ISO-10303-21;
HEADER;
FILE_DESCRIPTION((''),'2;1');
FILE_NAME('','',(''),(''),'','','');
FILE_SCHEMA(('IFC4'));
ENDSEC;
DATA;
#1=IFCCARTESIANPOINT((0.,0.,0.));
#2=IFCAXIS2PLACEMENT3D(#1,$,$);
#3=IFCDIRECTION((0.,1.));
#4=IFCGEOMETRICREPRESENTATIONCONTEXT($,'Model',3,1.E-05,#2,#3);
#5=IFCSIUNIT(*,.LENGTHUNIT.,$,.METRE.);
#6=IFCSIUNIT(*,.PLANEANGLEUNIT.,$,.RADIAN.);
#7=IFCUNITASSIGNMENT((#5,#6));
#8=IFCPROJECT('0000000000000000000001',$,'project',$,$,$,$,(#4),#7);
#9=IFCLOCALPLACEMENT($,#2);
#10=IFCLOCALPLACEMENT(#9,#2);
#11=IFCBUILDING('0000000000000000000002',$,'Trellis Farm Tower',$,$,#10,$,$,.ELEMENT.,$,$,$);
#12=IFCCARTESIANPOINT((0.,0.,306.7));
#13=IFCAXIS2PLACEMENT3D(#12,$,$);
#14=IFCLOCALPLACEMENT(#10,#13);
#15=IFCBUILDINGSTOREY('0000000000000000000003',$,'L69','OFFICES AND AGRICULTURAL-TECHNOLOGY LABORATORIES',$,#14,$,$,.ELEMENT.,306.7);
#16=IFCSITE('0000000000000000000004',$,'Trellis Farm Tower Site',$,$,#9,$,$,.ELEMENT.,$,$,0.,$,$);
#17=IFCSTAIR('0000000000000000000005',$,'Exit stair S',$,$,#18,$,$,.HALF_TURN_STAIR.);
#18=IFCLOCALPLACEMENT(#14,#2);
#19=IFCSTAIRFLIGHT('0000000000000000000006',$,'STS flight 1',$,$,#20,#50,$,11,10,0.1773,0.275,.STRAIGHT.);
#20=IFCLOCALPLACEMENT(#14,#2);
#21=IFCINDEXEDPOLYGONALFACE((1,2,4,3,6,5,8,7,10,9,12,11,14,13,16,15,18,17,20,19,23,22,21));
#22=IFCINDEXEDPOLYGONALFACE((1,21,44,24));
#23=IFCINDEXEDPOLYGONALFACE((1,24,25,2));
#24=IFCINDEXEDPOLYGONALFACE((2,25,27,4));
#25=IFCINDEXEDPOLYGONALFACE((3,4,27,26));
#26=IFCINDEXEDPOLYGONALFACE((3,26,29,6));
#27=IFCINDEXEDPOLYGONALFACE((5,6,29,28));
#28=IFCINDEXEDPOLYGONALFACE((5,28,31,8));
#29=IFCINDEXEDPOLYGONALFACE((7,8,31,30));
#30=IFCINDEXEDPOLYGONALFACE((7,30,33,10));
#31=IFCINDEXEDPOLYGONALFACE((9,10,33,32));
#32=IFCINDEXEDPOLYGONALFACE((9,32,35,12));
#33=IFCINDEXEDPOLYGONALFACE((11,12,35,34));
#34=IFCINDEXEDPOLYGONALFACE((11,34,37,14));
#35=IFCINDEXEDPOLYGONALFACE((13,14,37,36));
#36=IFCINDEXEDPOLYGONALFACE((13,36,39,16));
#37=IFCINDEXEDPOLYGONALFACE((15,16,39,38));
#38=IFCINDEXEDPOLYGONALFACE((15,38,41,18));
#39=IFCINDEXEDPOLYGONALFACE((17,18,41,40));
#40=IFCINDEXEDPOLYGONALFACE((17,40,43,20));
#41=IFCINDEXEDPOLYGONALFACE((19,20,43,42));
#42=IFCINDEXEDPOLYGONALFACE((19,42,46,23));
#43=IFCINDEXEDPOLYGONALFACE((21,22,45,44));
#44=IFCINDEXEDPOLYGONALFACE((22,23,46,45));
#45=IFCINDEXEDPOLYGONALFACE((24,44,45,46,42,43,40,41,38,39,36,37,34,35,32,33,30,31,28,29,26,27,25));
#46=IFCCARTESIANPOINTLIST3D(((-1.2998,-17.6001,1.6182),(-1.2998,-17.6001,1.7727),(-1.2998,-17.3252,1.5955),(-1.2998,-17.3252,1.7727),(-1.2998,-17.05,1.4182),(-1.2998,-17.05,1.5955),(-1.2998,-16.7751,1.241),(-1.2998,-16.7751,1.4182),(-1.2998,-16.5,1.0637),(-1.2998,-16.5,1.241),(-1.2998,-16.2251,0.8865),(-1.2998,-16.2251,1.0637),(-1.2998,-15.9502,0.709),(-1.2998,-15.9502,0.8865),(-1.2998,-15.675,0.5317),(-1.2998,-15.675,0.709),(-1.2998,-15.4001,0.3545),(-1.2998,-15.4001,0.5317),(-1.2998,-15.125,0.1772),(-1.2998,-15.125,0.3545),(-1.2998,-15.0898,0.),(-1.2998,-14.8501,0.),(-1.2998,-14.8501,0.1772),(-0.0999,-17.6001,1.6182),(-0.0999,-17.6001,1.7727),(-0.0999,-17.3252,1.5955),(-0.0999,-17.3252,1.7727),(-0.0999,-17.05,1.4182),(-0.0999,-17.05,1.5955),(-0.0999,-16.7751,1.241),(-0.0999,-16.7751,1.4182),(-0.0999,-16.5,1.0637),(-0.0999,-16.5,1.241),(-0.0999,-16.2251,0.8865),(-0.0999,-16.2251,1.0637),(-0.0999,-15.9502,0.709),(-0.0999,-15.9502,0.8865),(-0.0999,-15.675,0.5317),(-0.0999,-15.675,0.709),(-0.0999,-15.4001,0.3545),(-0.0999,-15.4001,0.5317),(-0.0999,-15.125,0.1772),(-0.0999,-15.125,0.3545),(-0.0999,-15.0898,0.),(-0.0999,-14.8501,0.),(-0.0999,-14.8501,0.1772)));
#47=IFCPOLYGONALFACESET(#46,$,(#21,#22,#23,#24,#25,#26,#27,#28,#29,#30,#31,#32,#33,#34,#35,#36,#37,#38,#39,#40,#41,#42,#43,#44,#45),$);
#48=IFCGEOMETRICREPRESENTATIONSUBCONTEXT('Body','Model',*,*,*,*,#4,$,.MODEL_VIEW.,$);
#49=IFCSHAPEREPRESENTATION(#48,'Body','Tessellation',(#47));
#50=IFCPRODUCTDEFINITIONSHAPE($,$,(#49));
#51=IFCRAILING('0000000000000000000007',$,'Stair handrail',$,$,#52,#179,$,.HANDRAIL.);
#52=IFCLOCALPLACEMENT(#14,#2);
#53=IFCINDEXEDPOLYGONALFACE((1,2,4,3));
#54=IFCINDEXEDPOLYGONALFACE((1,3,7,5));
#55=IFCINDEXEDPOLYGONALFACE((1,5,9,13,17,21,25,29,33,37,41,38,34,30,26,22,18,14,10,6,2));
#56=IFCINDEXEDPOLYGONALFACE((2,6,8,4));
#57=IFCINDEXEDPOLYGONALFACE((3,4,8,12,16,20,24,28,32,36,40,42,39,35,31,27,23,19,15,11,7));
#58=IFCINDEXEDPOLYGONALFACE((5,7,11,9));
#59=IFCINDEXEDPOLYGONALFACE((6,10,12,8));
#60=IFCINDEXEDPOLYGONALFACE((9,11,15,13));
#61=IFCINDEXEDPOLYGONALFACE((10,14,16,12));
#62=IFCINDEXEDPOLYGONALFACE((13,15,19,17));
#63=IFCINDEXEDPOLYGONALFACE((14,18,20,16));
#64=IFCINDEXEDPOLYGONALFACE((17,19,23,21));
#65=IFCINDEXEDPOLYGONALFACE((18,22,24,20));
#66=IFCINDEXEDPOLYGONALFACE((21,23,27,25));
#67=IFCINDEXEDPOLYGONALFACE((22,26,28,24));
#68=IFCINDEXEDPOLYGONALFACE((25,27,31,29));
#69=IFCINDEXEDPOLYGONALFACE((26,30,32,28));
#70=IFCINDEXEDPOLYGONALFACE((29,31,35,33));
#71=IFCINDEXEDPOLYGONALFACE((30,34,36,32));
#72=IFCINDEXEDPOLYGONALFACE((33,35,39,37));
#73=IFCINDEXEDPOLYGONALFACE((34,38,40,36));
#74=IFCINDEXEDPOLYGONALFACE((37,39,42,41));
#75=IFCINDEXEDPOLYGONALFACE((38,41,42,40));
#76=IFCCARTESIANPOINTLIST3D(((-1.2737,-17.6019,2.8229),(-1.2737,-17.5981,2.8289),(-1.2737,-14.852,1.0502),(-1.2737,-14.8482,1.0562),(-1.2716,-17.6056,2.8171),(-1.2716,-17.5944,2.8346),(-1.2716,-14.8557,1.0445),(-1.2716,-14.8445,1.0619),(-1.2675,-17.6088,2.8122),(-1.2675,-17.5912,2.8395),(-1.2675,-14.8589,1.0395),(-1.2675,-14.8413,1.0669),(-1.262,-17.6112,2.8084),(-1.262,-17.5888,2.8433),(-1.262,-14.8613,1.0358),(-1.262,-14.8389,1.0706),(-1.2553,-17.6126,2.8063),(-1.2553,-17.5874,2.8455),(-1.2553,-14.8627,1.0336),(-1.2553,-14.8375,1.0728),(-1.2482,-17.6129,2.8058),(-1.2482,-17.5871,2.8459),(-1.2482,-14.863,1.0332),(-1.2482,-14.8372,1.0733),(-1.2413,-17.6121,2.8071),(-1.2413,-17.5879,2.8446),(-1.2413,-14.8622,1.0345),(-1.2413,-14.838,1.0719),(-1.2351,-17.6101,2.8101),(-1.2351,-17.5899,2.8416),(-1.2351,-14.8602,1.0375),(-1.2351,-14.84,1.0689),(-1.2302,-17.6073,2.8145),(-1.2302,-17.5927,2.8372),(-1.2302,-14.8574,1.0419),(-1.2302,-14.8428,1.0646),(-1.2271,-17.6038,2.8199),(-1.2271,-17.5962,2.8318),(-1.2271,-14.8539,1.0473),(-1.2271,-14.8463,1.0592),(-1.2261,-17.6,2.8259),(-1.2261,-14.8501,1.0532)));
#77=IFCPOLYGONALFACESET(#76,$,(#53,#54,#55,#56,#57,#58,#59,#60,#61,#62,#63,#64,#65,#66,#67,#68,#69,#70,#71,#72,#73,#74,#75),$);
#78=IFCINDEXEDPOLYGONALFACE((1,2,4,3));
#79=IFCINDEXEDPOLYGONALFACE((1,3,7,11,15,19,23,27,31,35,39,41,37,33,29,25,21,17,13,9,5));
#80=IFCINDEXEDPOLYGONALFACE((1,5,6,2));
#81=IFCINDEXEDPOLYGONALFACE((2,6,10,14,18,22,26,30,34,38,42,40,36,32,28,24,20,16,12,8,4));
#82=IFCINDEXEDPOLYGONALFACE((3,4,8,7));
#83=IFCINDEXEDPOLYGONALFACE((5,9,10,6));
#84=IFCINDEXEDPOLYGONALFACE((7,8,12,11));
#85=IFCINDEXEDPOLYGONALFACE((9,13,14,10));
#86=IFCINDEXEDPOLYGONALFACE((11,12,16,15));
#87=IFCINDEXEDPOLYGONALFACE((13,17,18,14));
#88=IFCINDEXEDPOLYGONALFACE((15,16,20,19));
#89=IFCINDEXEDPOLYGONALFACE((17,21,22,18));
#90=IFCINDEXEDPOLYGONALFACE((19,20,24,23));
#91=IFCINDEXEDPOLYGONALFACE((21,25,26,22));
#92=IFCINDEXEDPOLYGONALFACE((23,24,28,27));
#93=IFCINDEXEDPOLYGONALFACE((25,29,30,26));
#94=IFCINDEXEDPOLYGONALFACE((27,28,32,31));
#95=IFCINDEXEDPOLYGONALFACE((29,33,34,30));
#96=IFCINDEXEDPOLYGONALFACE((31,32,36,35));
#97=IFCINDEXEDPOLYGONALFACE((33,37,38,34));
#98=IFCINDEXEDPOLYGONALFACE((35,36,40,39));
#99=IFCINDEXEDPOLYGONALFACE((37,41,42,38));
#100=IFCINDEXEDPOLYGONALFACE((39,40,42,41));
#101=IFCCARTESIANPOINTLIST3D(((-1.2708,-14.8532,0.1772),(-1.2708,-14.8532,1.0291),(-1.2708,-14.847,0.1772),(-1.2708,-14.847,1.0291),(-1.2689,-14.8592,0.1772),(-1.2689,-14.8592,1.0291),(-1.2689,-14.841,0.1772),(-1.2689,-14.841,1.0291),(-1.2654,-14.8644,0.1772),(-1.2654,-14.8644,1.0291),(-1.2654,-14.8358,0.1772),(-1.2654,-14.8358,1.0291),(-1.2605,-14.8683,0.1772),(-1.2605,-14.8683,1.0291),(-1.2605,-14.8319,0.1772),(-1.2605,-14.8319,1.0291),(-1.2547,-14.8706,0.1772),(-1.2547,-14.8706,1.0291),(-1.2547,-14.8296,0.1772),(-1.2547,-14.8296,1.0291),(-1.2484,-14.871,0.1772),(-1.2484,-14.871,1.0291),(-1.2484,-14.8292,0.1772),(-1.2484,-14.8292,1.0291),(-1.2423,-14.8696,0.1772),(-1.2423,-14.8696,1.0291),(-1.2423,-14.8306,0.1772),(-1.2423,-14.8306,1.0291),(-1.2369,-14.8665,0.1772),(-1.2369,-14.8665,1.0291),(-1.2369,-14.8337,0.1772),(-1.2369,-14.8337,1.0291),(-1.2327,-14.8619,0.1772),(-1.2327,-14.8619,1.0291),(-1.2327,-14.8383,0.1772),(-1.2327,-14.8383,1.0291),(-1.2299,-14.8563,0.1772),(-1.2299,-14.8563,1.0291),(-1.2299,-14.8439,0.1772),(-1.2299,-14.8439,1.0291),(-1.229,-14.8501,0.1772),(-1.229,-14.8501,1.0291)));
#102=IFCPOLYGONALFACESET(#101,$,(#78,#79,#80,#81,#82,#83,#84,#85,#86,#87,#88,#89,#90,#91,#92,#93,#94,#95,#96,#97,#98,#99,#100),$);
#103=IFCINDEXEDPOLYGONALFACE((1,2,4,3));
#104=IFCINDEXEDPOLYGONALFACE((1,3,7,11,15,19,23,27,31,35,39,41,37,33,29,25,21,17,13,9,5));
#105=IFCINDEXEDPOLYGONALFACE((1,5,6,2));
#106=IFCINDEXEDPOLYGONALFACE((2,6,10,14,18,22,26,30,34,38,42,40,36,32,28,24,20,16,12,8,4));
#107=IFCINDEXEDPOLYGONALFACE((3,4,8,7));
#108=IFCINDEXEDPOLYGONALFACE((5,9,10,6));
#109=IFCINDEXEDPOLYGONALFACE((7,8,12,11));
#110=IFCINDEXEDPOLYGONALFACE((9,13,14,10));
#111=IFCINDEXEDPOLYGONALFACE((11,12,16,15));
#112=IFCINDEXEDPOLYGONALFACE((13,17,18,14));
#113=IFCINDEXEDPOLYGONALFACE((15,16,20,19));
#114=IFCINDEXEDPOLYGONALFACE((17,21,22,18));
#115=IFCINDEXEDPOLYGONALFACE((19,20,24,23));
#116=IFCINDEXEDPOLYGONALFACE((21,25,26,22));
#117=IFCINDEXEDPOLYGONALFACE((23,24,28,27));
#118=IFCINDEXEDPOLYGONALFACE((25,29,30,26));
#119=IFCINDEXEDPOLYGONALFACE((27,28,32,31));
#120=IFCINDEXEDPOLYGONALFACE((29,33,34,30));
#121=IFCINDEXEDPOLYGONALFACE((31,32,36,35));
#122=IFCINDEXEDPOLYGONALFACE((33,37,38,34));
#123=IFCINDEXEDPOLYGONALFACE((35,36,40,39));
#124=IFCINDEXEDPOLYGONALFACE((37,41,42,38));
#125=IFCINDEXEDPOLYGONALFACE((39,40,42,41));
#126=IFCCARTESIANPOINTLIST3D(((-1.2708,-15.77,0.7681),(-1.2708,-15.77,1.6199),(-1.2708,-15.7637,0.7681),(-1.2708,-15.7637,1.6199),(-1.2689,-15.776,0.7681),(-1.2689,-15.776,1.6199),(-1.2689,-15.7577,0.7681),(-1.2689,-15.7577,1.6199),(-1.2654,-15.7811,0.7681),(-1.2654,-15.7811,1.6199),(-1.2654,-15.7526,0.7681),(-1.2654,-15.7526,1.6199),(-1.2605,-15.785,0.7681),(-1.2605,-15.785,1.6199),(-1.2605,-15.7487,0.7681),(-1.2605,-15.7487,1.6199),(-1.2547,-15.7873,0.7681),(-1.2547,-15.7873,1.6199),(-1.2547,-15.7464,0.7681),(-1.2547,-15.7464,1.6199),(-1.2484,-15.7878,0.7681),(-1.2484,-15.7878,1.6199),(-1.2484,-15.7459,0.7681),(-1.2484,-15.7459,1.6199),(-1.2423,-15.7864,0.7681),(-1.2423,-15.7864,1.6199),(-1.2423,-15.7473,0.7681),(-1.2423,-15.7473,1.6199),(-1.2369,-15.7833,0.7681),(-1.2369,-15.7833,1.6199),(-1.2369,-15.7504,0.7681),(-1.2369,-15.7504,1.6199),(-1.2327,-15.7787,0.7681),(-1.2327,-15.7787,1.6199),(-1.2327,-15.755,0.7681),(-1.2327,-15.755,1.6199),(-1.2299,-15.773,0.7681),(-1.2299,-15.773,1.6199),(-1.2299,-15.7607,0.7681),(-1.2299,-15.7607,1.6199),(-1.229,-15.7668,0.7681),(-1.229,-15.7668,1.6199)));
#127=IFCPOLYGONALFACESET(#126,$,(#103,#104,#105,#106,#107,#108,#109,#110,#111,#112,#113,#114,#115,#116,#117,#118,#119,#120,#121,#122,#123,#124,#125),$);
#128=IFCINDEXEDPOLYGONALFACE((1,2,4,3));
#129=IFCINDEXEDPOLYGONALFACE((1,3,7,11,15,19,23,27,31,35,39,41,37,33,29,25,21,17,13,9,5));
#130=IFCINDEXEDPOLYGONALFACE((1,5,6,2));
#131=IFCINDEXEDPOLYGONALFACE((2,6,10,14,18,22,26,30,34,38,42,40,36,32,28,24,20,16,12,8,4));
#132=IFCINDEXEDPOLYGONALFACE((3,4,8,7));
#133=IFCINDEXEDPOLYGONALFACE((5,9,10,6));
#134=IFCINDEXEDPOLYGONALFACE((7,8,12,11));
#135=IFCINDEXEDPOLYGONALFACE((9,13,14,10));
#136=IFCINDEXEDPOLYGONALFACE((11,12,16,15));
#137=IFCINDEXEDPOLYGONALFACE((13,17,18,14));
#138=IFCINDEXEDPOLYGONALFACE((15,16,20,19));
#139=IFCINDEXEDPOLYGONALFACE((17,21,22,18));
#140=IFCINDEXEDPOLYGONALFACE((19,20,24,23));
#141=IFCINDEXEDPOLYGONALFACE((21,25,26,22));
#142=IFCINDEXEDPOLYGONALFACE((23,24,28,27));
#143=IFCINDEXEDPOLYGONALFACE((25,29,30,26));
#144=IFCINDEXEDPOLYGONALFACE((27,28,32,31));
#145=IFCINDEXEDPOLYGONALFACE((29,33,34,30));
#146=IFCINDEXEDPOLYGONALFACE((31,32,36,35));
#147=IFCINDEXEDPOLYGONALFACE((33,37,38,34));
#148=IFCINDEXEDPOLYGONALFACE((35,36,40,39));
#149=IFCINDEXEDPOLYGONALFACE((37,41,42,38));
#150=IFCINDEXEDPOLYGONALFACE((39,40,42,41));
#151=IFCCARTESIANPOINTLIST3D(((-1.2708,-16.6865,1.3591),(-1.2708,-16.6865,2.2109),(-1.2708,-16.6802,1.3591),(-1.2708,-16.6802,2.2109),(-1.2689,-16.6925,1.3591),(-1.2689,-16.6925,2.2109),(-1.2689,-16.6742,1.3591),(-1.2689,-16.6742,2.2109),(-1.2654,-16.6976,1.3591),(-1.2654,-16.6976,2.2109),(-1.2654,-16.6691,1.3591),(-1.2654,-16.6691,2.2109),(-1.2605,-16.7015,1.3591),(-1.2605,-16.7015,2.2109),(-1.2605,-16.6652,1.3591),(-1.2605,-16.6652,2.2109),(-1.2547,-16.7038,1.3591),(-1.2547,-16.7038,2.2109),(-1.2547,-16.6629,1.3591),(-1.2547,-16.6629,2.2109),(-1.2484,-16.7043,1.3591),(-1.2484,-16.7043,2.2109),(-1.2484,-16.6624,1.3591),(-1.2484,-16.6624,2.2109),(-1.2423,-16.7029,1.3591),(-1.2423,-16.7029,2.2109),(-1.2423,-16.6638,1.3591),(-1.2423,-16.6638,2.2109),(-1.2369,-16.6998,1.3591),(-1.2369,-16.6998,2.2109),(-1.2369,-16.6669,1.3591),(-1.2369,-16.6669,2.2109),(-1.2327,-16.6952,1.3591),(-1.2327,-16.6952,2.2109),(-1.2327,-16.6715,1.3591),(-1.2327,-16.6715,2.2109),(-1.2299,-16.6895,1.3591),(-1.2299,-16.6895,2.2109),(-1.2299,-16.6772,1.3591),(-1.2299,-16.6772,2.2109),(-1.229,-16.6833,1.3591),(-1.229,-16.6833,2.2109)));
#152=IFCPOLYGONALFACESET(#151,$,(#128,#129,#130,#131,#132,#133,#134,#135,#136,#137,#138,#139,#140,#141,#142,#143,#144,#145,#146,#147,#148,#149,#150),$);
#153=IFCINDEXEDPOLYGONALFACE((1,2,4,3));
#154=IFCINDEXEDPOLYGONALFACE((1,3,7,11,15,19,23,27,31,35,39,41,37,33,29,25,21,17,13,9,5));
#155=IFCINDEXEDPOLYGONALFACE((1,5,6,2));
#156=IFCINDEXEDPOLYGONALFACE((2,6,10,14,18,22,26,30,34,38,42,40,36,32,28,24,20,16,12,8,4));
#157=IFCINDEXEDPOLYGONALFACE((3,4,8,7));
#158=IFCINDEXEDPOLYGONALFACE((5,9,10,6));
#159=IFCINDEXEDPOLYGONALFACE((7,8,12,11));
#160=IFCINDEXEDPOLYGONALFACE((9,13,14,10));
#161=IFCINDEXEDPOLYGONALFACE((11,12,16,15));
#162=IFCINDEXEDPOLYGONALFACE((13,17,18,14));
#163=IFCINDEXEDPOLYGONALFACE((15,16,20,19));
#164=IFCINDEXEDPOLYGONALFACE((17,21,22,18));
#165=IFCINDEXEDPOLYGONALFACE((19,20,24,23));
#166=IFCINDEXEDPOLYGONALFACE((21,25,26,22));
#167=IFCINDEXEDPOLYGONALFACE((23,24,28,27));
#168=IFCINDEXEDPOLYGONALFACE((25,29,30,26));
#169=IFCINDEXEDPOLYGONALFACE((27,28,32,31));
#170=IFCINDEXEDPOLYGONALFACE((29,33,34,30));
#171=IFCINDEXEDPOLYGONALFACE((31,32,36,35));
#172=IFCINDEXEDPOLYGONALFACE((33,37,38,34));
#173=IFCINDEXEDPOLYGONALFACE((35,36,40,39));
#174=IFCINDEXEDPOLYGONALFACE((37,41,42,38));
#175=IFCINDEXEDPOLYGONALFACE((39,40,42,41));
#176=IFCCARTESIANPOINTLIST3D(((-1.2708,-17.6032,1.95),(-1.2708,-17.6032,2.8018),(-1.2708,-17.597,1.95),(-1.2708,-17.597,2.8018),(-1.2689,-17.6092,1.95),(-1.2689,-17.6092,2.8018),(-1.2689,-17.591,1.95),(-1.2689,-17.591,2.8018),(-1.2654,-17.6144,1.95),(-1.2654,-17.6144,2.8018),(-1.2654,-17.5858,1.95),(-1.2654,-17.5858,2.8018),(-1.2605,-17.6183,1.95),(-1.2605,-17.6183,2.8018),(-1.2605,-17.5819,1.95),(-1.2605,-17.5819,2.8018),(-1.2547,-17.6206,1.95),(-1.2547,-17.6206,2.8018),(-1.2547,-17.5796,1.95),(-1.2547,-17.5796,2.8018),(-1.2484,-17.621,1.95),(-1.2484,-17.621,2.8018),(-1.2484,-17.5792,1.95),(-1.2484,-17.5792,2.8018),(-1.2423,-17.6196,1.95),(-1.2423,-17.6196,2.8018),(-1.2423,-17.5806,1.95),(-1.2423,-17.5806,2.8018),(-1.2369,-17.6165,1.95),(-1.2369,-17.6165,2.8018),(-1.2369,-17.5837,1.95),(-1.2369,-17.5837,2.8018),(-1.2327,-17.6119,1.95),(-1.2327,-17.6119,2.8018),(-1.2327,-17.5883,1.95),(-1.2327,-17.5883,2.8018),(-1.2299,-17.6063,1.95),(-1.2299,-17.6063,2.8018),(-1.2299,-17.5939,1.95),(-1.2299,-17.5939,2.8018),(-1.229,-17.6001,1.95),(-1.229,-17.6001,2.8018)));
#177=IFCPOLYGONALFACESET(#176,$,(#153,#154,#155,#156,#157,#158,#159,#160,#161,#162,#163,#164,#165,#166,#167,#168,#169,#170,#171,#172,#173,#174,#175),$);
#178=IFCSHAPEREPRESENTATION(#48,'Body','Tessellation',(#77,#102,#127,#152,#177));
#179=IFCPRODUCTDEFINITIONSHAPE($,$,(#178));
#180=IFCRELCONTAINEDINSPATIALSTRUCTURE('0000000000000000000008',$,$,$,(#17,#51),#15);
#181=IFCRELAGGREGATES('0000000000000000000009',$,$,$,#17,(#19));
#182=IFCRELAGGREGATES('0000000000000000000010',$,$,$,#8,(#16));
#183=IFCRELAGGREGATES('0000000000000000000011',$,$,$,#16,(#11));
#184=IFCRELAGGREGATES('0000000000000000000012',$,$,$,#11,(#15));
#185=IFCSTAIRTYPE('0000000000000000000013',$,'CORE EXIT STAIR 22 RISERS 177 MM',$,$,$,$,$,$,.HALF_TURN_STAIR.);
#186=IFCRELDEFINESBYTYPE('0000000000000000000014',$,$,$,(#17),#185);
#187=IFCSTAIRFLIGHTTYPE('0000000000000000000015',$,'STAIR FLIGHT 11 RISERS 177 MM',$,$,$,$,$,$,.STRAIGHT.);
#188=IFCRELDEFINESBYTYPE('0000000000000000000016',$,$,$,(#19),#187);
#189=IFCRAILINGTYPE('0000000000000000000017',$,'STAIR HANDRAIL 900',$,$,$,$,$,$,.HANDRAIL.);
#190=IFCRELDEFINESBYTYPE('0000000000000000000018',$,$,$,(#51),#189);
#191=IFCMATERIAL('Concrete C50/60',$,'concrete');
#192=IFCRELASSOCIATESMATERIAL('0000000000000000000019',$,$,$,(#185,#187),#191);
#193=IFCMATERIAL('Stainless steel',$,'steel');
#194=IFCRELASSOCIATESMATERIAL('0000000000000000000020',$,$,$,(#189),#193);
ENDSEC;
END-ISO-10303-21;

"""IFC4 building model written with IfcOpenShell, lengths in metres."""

from ifc_helpers import new_model, si_unit, direction, frame, origin, origin_2d, place, context, subcontext, project, spatial, polyline, circle, outline, extrude, source, transform, mapped, material, type_object, element, aggregate, save


model = new_model("IFC4")

# Units and contexts
model_context = context("Model", 3, precision=1e-05, world=origin(), true_north=direction((0.0, 1.0)))
body_context = subcontext(model_context, "Body", "Model", "MODEL_VIEW")
ifc_project = project(units=[si_unit("LENGTHUNIT", "METRE"), si_unit("PLANEANGLEUNIT", "RADIAN")], contexts=[model_context])

# Site, building, storey
site_placement = place(None, origin())
site = spatial("IfcSite", under=ifc_project, at=site_placement, Name="Trellis Farm Tower Site", CompositionType="ELEMENT", RefElevation=0.0)
building_placement = place(site_placement, origin())
building = spatial("IfcBuilding", under=site, at=building_placement, Name="Trellis Farm Tower", CompositionType="ELEMENT")
storey_placement = place(building_placement, frame((0.0, 0.0, 306.7)))
storey = spatial("IfcBuildingStorey", under=building, at=storey_placement, Name="L69", Description="OFFICES AND AGRICULTURAL-TECHNOLOGY LABORATORIES", CompositionType="ELEMENT", Elevation=306.7)

# Shared definitions
placement = place(storey_placement, origin())

# Shared definitions
ifc_material_1 = material(Name="Concrete C50/60", Category="concrete")

# Stair, stair flight
stair_type = type_object("IfcStairType", Name="CORE EXIT STAIR 22 RISERS 177 MM", PredefinedType="HALF_TURN_STAIR", material=ifc_material_1)
stair = element("IfcStair", 1, at=placement, inside=storey, type_object=stair_type, Name="Exit stair S", PredefinedType="HALF_TURN_STAIR")
stair_flight_type = type_object("IfcStairFlightType", Name="STAIR FLIGHT 11 RISERS 177 MM", PredefinedType="STRAIGHT", material=ifc_material_1)
shared_shape_1 = source(origin(), body_context, "Body", "SweptSolid", [
    extrude(outline(polyline([(0.0, 0.0), (0.0, 0.1772), (0.2749, 0.1772), (0.2749, 0.3545), (0.55, 0.3545), (0.55, 0.5317), (0.825, 0.5317), (0.825, 0.709), (1.1001, 0.709), (1.1001, 0.8865), (1.375, 0.8865), (1.375, 1.0637), (1.6499, 1.0637), (1.6499, 1.241), (1.925, 1.241), (1.925, 1.4182), (2.2, 1.4182), (2.2, 1.5955), (2.4751, 1.5955), (2.4751, 1.7727), (2.75, 1.7727), (2.75, 1.95), (2.75, 1.6182), (0.2397, 0.0), (0.0, 0.0)])), frame((0.0, 0.6001, 0.0), z_axis=(0.0, -1.0, 0.0), x_axis=(1.0, 0.0, 0.0)), (0.0, 0.0, 1.0), 1.2),
])
stair_flight_placement = place(storey_placement, frame((-0.7, -14.8501, 0.0), z_axis=(0.0, 0.0, 1.0), x_axis=(0.0, -1.0, 0.0)))
stair_flight = element("IfcStairFlight", 2, at=stair_flight_placement, type_object=stair_flight_type, Name="STS flight 1", NumberOfRisers=11, NumberOfTreads=10, PredefinedType="STRAIGHT", RiserHeight=0.1773, TreadLength=0.275, context=body_context, shape_type="MappedRepresentation", body=[
    mapped(shared_shape_1, transform((0.0, 0.0, 0.0))),
])
aggregate(stair, [stair_flight])

# Railing
ifc_material_2 = material(Name="Stainless steel", Category="steel")
railing_type = type_object("IfcRailingType", Name="STAIR HANDRAIL 900", PredefinedType="HANDRAIL", material=ifc_material_2)
shared_shape_2 = source(origin(), body_context, "Body", "SweptSolid", [
    extrude(circle(Radius=0.0239, at=origin_2d()), frame((0.0, 0.0, 0.876), z_axis=(0.0, -0.840504, 0.541806), x_axis=(1.0, 0.0, 0.0)), (0.0, 0.0, 1.0), 3.2717),
    extrude(circle(Radius=0.021, at=origin_2d()), origin(), (0.0, 0.0, 1.0), 0.8518),
    extrude(circle(Radius=0.021, at=origin_2d()), frame((0.0, -0.9167, 0.5908)), (0.0, 0.0, 1.0), 0.8518),
    extrude(circle(Radius=0.021, at=origin_2d()), frame((0.0, -1.8333, 1.1819)), (0.0, 0.0, 1.0), 0.8518),
    extrude(circle(Radius=0.021, at=origin_2d()), frame((0.0, -2.75, 1.7727)), (0.0, 0.0, 1.0), 0.8518),
])
railing_placement = place(storey_placement, frame((-1.25, -14.8501, 0.1772)))
element("IfcRailing", 3, at=railing_placement, inside=storey, type_object=railing_type, Name="Stair handrail", PredefinedType="HANDRAIL", context=body_context, shape_type="MappedRepresentation", body=[
    mapped(shared_shape_2, transform((0.0, 0.0, 0.0))),
])

save(model, "model.ifc")
